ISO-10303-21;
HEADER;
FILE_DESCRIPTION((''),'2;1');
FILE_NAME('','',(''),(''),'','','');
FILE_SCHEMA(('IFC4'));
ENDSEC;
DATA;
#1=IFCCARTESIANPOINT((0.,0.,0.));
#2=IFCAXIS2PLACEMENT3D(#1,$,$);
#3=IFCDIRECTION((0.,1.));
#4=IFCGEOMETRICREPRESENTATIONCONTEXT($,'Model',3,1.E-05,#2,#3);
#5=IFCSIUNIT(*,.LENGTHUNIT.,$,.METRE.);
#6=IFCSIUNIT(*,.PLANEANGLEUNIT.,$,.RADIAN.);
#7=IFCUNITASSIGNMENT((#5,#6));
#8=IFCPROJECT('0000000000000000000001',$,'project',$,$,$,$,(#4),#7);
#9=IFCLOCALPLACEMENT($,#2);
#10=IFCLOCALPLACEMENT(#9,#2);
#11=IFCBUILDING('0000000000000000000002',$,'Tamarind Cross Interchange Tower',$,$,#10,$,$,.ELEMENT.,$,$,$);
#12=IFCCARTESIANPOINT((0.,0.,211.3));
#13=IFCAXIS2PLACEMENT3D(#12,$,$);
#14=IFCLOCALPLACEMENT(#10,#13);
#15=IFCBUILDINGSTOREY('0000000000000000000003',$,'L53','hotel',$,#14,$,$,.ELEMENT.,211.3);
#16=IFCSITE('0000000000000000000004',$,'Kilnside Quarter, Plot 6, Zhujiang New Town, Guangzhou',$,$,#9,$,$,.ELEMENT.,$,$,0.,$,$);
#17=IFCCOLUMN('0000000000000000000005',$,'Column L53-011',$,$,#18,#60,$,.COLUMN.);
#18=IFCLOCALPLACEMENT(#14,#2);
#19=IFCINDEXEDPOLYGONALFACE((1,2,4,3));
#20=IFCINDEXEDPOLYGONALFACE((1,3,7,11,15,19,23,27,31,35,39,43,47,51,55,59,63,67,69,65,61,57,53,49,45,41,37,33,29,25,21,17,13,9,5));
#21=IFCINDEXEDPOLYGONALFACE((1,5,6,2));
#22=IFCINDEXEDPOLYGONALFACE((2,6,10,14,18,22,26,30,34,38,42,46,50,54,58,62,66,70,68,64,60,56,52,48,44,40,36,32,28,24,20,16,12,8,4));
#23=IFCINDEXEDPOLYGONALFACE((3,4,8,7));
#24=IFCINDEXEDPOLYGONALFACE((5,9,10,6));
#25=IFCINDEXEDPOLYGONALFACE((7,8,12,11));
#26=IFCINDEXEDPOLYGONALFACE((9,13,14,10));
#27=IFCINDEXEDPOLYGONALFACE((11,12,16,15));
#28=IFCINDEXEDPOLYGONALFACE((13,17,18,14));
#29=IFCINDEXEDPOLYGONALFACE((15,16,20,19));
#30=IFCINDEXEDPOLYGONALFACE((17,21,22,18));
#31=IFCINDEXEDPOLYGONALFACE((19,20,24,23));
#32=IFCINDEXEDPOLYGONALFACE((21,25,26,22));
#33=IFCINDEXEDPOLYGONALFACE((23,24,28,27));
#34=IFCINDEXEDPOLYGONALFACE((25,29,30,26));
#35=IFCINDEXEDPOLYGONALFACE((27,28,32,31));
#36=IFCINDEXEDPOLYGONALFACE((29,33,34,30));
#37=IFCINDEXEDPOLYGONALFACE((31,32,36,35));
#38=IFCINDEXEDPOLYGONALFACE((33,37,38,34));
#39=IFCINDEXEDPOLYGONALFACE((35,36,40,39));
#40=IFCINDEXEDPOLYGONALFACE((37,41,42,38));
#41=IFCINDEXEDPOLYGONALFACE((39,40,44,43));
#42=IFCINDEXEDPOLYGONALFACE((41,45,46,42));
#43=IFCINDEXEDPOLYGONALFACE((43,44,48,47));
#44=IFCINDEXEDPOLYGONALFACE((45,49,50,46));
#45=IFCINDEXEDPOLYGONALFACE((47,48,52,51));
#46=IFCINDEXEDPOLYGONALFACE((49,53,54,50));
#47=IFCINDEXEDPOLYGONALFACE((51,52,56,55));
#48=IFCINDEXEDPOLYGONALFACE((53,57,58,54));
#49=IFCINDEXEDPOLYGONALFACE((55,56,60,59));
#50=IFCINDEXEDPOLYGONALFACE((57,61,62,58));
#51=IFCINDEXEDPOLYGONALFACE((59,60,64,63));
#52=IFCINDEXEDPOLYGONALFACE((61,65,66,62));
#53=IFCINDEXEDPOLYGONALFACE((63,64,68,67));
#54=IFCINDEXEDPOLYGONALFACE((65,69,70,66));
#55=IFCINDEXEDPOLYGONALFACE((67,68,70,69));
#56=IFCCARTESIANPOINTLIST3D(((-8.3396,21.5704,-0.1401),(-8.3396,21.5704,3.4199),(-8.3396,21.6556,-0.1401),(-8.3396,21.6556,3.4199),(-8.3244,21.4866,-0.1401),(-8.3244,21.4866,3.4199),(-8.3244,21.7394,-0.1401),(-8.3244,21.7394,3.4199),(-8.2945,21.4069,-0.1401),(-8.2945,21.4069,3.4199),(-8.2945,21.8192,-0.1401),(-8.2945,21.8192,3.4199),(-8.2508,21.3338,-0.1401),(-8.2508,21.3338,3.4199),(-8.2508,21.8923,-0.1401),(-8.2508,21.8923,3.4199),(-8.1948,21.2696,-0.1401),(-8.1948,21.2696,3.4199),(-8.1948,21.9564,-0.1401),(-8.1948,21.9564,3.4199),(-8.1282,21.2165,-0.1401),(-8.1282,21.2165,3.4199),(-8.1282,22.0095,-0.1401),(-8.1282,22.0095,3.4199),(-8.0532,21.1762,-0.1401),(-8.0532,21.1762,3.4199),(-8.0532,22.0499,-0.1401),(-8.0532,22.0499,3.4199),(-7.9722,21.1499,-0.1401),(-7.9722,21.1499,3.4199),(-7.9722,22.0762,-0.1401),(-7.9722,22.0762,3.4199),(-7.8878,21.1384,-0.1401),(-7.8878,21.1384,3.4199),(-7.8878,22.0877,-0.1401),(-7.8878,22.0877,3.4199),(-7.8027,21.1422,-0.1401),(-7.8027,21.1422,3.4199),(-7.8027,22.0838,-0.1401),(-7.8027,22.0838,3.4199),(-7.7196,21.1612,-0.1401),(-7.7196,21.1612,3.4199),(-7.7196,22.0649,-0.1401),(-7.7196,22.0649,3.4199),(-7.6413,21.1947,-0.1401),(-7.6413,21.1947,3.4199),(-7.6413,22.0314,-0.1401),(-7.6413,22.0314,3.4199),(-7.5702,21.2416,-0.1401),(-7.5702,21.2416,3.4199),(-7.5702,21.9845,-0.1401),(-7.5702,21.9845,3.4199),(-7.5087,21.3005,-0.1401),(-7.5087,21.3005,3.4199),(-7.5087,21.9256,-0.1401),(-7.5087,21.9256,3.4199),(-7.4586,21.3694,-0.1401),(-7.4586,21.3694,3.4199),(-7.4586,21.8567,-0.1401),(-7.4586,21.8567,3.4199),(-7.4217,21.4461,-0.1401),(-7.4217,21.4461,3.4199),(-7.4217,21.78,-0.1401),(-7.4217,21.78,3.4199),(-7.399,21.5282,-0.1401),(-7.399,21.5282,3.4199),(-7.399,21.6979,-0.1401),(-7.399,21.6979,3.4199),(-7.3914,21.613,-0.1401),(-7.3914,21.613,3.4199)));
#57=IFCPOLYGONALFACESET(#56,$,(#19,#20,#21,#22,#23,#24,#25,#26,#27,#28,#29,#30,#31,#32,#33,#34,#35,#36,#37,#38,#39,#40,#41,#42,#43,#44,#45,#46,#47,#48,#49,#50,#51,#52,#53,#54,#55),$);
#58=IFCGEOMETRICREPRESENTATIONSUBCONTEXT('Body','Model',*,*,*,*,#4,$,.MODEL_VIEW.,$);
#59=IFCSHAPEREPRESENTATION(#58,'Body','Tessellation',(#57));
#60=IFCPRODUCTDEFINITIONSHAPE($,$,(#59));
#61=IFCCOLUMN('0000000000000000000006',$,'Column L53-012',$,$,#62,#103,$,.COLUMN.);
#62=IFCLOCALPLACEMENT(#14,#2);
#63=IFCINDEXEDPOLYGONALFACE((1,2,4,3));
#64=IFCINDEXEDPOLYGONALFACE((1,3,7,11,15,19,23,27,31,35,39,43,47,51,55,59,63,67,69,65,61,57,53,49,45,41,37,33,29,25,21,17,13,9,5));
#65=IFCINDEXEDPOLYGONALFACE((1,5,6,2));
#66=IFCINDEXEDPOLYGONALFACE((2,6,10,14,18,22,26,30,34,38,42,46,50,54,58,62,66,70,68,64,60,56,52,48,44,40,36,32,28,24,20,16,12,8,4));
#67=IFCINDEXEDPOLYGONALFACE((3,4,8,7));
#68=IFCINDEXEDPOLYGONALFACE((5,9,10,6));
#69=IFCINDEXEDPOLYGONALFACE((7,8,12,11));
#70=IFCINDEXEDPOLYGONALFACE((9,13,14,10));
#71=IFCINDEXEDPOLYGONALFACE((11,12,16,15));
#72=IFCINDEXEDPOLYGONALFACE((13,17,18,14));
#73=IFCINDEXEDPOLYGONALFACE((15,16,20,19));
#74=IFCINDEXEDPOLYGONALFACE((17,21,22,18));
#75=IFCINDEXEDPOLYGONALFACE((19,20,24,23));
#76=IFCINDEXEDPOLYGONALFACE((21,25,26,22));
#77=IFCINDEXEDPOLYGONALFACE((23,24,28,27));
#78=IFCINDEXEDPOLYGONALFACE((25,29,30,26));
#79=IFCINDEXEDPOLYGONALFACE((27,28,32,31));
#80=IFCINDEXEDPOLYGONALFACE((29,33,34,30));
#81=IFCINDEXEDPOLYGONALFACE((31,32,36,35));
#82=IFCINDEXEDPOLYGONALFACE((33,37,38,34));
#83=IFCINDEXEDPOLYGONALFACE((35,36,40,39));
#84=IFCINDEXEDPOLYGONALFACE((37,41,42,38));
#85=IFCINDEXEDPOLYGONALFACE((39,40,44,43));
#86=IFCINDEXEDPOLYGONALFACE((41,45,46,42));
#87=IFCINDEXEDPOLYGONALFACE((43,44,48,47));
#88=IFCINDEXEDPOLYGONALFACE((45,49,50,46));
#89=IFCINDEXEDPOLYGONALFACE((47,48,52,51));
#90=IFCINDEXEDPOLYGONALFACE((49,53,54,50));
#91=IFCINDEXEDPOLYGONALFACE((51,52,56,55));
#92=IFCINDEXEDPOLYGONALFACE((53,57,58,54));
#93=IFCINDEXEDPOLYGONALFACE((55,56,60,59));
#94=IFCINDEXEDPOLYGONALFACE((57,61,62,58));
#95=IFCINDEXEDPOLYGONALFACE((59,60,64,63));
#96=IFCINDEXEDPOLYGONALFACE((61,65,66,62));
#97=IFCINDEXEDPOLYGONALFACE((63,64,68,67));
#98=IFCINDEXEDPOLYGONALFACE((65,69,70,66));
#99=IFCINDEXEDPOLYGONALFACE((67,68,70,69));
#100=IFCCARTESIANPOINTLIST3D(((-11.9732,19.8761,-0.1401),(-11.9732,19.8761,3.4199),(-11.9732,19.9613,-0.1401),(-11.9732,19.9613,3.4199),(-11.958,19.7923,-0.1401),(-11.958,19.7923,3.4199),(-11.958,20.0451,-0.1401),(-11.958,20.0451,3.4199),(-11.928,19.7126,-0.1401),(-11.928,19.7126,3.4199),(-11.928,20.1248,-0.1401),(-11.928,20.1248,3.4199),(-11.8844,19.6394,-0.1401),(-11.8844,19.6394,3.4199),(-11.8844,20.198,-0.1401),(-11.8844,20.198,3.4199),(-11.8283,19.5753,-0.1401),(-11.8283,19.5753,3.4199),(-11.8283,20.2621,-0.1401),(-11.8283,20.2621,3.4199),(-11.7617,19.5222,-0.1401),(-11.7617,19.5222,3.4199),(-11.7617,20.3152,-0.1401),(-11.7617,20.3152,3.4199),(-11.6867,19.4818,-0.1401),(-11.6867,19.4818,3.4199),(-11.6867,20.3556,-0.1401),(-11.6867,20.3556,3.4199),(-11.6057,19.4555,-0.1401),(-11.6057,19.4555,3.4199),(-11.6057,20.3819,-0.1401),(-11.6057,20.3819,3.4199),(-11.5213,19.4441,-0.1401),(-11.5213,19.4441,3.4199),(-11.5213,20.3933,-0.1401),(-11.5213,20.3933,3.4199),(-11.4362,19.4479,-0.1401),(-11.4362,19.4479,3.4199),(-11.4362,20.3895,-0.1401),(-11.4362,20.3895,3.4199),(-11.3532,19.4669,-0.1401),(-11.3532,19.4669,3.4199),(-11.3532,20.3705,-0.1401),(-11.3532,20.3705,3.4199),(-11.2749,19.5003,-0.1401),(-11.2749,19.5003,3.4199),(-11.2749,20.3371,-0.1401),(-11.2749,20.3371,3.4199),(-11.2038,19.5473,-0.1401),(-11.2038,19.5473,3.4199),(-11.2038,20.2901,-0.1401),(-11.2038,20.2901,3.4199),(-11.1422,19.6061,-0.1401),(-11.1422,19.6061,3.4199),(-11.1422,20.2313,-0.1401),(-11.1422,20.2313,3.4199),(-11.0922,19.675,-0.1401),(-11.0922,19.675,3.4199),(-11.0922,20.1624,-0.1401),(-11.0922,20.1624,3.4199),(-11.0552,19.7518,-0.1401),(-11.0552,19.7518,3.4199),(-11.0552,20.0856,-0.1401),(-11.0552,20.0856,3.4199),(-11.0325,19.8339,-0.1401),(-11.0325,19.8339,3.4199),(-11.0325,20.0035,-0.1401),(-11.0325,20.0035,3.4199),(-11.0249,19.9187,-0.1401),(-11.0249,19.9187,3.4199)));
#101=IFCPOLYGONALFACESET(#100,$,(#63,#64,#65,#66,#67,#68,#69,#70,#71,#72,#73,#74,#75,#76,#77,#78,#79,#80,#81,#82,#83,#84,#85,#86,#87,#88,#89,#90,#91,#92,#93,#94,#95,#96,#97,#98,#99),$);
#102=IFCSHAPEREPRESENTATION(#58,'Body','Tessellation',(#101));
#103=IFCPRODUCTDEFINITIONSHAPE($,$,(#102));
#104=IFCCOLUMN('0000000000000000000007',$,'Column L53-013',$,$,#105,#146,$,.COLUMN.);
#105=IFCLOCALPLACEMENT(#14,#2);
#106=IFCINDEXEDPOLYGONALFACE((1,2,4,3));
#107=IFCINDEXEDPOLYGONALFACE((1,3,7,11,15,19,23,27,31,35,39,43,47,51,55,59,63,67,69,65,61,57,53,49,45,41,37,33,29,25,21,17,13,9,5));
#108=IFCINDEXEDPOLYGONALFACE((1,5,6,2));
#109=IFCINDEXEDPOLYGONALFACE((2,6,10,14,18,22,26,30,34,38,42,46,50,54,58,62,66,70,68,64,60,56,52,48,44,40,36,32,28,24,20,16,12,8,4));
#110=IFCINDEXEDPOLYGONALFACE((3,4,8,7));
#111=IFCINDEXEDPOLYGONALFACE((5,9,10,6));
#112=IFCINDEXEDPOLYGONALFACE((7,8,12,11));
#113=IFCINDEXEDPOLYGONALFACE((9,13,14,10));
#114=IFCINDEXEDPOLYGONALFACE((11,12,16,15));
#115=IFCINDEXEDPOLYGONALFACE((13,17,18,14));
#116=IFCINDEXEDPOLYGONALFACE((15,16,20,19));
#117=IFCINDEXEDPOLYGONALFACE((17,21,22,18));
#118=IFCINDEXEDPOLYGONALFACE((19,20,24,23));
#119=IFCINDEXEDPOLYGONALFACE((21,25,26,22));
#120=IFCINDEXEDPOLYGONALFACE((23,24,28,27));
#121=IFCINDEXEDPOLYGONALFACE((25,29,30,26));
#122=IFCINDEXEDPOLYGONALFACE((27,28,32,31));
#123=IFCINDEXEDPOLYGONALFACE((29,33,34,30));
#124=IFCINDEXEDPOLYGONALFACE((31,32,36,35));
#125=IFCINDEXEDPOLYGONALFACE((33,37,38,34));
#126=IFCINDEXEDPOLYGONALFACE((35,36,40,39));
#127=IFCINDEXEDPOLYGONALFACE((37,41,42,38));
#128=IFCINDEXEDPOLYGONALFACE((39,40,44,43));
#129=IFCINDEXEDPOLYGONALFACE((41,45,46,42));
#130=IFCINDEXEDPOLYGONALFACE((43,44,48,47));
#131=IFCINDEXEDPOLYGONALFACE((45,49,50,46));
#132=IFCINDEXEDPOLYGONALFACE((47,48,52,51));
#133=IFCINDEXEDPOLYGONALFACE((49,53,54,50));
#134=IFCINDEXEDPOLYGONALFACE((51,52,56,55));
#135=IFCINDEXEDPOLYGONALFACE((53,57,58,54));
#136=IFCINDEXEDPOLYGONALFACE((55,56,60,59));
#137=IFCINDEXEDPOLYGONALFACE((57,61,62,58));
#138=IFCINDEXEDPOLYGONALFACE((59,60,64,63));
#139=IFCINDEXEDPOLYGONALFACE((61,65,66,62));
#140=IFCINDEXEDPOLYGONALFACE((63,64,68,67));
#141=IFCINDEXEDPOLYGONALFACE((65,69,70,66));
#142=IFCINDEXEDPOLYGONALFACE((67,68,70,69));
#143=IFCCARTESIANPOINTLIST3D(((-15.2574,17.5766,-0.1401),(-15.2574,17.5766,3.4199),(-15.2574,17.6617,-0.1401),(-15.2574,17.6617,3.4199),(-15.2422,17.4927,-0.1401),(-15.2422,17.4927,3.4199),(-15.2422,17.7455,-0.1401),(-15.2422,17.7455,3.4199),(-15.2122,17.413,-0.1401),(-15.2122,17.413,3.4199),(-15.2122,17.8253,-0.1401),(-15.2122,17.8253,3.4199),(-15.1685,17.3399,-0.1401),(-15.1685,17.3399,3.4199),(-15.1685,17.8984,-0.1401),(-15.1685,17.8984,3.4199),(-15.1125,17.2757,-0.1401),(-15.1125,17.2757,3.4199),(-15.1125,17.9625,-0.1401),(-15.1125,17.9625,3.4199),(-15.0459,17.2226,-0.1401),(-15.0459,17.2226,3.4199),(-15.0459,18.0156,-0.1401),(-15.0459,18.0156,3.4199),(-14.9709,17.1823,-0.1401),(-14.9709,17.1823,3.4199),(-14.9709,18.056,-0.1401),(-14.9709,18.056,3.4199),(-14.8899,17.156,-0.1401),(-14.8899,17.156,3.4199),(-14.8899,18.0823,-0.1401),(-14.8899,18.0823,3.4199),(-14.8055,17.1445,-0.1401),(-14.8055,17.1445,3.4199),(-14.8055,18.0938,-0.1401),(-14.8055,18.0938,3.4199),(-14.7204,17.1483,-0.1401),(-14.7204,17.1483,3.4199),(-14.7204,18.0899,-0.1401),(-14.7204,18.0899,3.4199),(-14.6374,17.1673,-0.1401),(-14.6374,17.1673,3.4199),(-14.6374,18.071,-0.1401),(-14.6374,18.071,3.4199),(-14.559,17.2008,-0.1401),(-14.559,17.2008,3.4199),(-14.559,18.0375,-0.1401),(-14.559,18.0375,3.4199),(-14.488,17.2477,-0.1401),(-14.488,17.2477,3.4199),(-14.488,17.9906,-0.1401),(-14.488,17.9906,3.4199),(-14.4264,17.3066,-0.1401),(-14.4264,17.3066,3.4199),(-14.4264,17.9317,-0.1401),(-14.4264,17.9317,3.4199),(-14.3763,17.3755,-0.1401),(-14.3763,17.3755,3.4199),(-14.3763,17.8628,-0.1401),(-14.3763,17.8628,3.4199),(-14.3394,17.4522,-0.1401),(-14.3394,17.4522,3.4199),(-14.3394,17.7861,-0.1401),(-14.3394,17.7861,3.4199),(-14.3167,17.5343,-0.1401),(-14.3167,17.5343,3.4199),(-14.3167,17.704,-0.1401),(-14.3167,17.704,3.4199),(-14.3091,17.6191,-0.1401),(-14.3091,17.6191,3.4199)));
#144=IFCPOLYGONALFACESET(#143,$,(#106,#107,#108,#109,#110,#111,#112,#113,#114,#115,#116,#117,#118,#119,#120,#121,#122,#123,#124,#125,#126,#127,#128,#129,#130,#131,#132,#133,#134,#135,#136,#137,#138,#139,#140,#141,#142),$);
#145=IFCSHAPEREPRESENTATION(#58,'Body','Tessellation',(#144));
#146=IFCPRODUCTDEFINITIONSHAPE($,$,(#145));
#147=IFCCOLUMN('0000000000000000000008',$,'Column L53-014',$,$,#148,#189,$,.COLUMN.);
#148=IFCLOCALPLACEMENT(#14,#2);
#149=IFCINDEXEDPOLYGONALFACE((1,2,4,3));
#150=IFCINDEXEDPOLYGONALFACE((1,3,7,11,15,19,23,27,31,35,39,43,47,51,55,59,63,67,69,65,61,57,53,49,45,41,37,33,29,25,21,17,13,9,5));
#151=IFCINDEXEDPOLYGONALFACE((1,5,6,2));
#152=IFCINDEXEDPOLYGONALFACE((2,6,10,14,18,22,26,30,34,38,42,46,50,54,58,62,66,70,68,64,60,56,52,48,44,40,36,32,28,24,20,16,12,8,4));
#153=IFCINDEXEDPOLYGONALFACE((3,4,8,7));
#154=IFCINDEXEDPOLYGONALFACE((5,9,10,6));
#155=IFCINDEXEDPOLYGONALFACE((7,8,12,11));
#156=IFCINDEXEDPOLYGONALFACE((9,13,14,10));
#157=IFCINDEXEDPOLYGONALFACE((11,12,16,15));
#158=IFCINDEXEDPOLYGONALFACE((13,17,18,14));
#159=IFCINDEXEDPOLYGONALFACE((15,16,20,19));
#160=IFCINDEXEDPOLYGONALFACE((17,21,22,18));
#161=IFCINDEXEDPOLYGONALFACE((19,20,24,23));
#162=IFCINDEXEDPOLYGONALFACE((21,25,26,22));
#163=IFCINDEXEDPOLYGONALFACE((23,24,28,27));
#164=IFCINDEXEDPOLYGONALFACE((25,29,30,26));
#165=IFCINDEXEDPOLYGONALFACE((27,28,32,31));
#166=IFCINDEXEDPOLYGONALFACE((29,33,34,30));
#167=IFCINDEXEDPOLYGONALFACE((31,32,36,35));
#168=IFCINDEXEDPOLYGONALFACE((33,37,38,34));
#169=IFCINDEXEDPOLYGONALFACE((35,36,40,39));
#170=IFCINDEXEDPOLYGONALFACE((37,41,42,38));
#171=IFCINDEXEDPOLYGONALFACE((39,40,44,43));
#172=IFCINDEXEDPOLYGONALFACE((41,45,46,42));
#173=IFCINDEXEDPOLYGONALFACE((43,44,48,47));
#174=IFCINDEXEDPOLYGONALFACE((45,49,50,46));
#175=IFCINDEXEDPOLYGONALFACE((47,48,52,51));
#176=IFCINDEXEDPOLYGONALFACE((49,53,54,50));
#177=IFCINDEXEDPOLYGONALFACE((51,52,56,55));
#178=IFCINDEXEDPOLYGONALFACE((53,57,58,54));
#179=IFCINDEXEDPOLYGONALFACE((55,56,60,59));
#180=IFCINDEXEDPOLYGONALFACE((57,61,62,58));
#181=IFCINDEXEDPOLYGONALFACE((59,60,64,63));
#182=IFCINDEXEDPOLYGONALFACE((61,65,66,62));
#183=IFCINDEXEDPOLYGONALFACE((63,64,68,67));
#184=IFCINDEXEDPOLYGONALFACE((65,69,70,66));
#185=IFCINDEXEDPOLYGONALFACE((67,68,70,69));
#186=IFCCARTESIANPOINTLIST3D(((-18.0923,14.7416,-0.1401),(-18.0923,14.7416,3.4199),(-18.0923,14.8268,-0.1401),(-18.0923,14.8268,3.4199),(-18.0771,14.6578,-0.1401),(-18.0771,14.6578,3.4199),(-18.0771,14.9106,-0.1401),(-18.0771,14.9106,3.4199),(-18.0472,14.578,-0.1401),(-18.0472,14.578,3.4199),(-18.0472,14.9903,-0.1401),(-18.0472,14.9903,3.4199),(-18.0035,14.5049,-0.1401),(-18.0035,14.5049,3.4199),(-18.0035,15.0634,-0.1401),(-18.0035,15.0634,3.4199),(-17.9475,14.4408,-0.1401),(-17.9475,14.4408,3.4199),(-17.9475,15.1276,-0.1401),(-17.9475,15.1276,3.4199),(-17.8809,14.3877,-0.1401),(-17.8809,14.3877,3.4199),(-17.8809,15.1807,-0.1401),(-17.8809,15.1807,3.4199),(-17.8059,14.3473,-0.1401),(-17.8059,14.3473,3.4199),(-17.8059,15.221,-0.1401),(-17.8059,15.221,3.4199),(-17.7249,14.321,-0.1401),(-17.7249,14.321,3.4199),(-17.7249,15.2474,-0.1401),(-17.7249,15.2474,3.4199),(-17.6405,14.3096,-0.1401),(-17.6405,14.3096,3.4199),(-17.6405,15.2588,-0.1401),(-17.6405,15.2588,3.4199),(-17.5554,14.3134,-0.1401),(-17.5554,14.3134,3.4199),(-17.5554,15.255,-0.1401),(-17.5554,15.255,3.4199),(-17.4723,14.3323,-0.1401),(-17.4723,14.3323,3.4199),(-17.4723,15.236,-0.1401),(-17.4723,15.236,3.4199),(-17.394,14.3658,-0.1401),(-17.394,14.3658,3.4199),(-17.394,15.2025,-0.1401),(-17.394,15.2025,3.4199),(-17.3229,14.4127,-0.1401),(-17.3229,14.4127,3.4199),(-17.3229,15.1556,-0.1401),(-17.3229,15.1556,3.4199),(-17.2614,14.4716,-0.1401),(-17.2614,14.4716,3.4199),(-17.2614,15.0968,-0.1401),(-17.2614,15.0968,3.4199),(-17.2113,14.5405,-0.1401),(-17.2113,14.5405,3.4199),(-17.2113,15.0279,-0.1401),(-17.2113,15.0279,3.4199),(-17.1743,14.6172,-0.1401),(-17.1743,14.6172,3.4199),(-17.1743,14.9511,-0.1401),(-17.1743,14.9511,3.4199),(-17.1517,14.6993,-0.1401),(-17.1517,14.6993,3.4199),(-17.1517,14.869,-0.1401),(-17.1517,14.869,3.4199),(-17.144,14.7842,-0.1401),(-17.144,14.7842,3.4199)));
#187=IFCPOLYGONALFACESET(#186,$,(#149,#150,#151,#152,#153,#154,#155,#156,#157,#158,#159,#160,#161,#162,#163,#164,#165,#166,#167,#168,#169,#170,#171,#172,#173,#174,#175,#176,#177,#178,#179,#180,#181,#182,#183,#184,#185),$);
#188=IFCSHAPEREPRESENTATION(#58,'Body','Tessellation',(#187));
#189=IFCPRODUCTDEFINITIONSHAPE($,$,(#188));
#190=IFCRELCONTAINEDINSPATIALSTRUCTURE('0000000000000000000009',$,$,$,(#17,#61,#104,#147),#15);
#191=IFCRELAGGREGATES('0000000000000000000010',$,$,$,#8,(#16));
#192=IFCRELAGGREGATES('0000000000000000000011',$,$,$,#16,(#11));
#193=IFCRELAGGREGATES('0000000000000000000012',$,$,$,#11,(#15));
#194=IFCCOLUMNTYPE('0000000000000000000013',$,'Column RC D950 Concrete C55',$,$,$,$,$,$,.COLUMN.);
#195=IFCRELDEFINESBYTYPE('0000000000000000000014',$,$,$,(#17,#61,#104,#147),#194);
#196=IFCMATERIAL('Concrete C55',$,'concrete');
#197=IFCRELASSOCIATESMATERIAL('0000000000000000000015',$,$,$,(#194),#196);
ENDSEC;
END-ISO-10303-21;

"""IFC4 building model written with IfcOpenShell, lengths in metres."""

from ifc_helpers import new_model, si_unit, direction, frame, origin, origin_2d, place, context, subcontext, project, spatial, circle, extrude, material, material_profile, profile_set, type_object, element, save


model = new_model("IFC4")

# Units and contexts
model_context = context("Model", 3, precision=1e-05, world=origin(), true_north=direction((0.0, 1.0)))
body_context = subcontext(model_context, "Body", "Model", "MODEL_VIEW")
ifc_project = project(units=[si_unit("LENGTHUNIT", "METRE"), si_unit("PLANEANGLEUNIT", "RADIAN")], contexts=[model_context])

# Site, building, storey
site_placement = place(None, origin())
site = spatial("IfcSite", under=ifc_project, at=site_placement, Name="Kilnside Quarter, Plot 6, Zhujiang New Town, Guangzhou", CompositionType="ELEMENT", RefElevation=0.0)
building_placement = place(site_placement, origin())
building = spatial("IfcBuilding", under=site, at=building_placement, Name="Tamarind Cross Interchange Tower", CompositionType="ELEMENT")
storey_placement = place(building_placement, frame((0.0, 0.0, 211.3)))
storey = spatial("IfcBuildingStorey", under=building, at=storey_placement, Name="L53", Description="hotel", CompositionType="ELEMENT", Elevation=211.3)

# Columns
ifc_material_1 = material(Name="Concrete C55", Category="concrete")
ifc_material_profile_1 = material_profile(ifc_material_1, circle(Radius=0.4751, at=origin_2d()), Name="RC D950")
ifc_profile_set_1 = profile_set([ifc_material_profile_1], Name="Concrete C55")
column_type = type_object("IfcColumnType", Name="Column RC D950 Concrete C55", PredefinedType="COLUMN", material=ifc_profile_set_1)
for number, where, z_axis, x_axis, name in (
    (1, (-7.8665, 21.613, -0.1401), (0.0, 0.0, 1.0), (1.0, 0.0, 0.0), "Column L53-011"),
    (2, (-11.5, 19.9187, -0.1401), (0.0, 0.0, 1.0), (1.0, 0.0, 0.0), "Column L53-012"),
    (3, (-14.7842, 17.6191, -0.1401), (0.0, 0.0, 1.0), (1.0, 0.0, 0.0), "Column L53-013"),
    (4, (-17.6191, 14.7842, -0.1401), (0.0, 0.0, 1.0), (1.0, 0.0, 0.0), "Column L53-014"),
):
    element("IfcColumn", number, at=place(storey_placement, frame(where, z_axis=z_axis, x_axis=x_axis)), inside=storey, type_object=column_type, Name=name, PredefinedType="COLUMN", context=body_context, shape_type="SweptSolid", body=[
        extrude(circle(Radius=0.4751, at=origin_2d()), origin(), (0.0, 0.0, 1.0), 3.5601),
    ])

save(model, "model.ifc")
